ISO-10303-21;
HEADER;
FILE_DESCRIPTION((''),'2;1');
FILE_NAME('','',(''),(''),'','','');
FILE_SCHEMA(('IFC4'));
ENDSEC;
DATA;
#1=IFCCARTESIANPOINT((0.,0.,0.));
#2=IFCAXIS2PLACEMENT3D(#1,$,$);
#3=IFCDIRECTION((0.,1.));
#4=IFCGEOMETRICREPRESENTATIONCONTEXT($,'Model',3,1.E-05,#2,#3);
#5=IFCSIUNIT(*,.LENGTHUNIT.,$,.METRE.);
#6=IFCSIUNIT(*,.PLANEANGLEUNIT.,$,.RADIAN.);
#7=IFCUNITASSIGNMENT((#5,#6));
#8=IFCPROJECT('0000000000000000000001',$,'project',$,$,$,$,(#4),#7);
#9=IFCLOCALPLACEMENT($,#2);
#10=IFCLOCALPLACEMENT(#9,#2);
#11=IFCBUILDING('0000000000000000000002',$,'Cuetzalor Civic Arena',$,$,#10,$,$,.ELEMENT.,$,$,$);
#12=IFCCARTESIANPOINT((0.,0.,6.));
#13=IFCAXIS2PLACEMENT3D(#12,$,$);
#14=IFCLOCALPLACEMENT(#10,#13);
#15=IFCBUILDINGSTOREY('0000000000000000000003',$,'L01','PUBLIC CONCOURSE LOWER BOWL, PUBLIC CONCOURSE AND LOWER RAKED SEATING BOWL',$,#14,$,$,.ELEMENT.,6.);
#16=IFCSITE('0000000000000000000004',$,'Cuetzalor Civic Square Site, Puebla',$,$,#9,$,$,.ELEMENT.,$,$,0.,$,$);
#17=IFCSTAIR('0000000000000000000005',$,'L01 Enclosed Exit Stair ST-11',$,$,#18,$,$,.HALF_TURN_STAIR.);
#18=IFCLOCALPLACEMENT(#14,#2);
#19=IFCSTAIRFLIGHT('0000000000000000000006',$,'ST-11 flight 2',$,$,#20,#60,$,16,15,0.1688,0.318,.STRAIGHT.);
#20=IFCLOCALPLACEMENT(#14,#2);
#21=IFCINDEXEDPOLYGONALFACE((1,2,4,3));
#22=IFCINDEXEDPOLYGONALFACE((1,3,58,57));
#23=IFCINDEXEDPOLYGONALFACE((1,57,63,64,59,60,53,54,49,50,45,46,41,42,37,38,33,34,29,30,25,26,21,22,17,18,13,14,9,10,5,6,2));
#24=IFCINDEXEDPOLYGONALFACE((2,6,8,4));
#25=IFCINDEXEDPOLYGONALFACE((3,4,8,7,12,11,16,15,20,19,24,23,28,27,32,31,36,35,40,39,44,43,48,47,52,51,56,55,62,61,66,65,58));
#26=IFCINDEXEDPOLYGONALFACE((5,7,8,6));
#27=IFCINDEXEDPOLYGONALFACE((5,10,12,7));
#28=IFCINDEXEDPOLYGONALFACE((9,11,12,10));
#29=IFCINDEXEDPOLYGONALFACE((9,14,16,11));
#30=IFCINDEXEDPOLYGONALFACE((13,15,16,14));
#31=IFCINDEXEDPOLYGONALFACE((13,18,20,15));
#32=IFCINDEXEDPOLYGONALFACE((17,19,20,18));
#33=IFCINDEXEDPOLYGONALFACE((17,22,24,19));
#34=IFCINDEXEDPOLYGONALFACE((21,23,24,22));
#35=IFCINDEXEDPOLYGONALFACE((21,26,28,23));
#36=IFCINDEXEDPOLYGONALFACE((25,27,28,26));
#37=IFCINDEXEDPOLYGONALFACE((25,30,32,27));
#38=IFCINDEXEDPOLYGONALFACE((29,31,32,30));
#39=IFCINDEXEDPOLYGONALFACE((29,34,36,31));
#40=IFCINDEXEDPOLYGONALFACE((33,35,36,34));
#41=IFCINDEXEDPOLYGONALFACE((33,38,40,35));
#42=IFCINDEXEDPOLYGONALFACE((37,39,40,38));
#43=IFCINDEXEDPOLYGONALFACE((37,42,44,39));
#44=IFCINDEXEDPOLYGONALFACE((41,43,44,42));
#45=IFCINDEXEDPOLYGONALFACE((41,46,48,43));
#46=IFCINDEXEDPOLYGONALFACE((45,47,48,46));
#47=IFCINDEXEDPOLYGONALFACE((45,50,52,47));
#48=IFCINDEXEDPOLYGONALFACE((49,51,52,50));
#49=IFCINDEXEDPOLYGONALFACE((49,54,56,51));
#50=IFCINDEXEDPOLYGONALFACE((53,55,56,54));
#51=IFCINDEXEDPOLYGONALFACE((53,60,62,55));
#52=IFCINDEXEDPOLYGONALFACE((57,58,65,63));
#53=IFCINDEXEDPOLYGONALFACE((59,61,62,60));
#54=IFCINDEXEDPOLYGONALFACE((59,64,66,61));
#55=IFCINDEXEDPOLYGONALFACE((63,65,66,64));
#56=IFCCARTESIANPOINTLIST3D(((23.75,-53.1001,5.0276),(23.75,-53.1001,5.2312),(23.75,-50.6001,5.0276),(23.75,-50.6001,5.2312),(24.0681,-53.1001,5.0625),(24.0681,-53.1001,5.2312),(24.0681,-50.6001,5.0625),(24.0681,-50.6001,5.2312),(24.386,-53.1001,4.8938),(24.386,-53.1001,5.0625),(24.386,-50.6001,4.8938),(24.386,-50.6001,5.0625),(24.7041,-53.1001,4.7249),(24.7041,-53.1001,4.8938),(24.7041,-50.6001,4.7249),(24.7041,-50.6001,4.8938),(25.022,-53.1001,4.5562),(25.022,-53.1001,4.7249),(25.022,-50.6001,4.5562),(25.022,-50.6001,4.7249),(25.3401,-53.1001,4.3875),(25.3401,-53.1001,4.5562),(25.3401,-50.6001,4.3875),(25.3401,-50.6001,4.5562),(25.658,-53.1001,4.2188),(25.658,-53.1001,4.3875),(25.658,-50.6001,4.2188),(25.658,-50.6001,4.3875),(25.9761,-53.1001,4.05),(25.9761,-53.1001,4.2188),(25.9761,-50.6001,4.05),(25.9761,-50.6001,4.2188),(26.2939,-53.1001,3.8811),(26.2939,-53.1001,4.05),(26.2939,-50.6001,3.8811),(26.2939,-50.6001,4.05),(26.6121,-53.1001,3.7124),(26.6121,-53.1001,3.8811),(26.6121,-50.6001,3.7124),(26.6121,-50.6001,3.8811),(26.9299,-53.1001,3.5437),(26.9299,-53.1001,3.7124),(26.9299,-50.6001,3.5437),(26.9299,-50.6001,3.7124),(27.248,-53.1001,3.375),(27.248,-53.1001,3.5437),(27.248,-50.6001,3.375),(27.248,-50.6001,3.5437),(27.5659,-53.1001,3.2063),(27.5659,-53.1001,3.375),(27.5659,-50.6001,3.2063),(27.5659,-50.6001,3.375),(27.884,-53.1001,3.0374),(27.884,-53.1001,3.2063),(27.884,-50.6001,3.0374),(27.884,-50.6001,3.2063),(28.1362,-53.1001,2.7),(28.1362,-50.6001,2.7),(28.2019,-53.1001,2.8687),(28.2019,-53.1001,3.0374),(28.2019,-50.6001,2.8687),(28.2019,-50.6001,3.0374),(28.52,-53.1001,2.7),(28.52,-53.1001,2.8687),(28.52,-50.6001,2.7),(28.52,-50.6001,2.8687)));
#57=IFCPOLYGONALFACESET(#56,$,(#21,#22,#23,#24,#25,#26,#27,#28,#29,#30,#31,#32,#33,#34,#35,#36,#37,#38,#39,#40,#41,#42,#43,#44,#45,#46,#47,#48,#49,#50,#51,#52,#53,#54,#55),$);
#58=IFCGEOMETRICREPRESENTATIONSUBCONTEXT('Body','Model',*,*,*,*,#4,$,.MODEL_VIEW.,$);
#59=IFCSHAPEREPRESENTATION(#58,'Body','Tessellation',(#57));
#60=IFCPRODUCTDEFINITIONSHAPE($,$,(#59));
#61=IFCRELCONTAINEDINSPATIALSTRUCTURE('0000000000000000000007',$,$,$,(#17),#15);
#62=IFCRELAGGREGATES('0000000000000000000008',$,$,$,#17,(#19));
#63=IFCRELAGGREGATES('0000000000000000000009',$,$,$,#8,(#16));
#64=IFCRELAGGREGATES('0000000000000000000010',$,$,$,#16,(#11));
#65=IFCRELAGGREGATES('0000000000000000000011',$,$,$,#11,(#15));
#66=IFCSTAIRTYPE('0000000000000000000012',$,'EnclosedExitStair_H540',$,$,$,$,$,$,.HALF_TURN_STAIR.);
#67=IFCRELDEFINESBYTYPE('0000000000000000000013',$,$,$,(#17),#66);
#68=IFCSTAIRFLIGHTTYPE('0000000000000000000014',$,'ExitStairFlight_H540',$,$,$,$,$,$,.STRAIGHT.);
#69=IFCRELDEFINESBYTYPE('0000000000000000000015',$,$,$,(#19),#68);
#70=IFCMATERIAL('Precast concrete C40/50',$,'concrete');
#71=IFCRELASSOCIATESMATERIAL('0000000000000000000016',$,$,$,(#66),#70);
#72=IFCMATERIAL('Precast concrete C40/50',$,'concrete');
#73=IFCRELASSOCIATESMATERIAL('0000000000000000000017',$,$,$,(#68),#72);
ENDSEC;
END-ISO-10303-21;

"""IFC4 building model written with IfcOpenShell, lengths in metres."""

from ifc_helpers import new_model, si_unit, direction, frame, origin, place, context, subcontext, project, spatial, polyline, outline, extrude, material, type_object, element, aggregate, save


model = new_model("IFC4")

# Units and contexts
model_context = context("Model", 3, precision=1e-05, world=origin(), true_north=direction((0.0, 1.0)))
body_context = subcontext(model_context, "Body", "Model", "MODEL_VIEW")
ifc_project = project(units=[si_unit("LENGTHUNIT", "METRE"), si_unit("PLANEANGLEUNIT", "RADIAN")], contexts=[model_context])

# Site, building, storey
site_placement = place(None, origin())
site = spatial("IfcSite", under=ifc_project, at=site_placement, Name="Cuetzalor Civic Square Site, Puebla", CompositionType="ELEMENT", RefElevation=0.0)
building_placement = place(site_placement, origin())
building = spatial("IfcBuilding", under=site, at=building_placement, Name="Cuetzalor Civic Arena", CompositionType="ELEMENT")
storey_placement = place(building_placement, frame((0.0, 0.0, 6.0)))
storey = spatial("IfcBuildingStorey", under=building, at=storey_placement, Name="L01", Description="PUBLIC CONCOURSE LOWER BOWL, PUBLIC CONCOURSE AND LOWER RAKED SEATING BOWL", CompositionType="ELEMENT", Elevation=6.0)

# Stair, stair flight
ifc_material_1 = material(Name="Precast concrete C40/50", Category="concrete")
stair_type = type_object("IfcStairType", Name="EnclosedExitStair_H540", PredefinedType="HALF_TURN_STAIR", material=ifc_material_1)
stair_placement = place(storey_placement, origin())
stair = element("IfcStair", 1, at=stair_placement, inside=storey, type_object=stair_type, Name="L01 Enclosed Exit Stair ST-11", PredefinedType="HALF_TURN_STAIR")
ifc_material_2 = material(Name="Precast concrete C40/50", Category="concrete")
stair_flight_type = type_object("IfcStairFlightType", Name="ExitStairFlight_H540", PredefinedType="STRAIGHT", material=ifc_material_2)
stair_flight_1_placement = place(storey_placement, frame((28.52, -51.8501, 2.7), z_axis=(0.0, 0.0, 1.0), x_axis=(-1.0, 0.0, 0.0)))
stair_flight_1 = element("IfcStairFlight", 2, at=stair_flight_1_placement, type_object=stair_flight_type, Name="ST-11 flight 2", NumberOfRisers=16, NumberOfTreads=15, PredefinedType="STRAIGHT", RiserHeight=0.1688, TreadLength=0.318, context=body_context, shape_type="SweptSolid", body=[
    extrude(outline(polyline([(0.0, 0.0), (0.0, 0.1687), (0.3181, 0.1687), (0.3181, 0.3374), (0.636, 0.3374), (0.636, 0.5063), (0.9541, 0.5063), (0.9541, 0.675), (1.272, 0.675), (1.272, 0.8438), (1.5901, 0.8438), (1.5901, 1.0125), (1.908, 1.0125), (1.908, 1.1812), (2.2261, 1.1812), (2.2261, 1.3501), (2.5439, 1.3501), (2.5439, 1.5188), (2.8621, 1.5188), (2.8621, 1.6875), (3.1799, 1.6875), (3.1799, 1.8562), (3.498, 1.8562), (3.498, 2.0249), (3.8159, 2.0249), (3.8159, 2.1938), (4.134, 2.1938), (4.134, 2.3625), (4.4519, 2.3625), (4.4519, 2.5312), (4.77, 2.5312), (4.77, 2.7), (4.77, 2.3276), (0.3838, 0.0), (0.0, 0.0)])), frame((0.0, 1.25, 0.0), z_axis=(0.0, -1.0, 0.0), x_axis=(1.0, 0.0, 0.0)), (0.0, 0.0, 1.0), 2.5),
])
aggregate(stair, [stair_flight_1])

save(model, "model.ifc")
